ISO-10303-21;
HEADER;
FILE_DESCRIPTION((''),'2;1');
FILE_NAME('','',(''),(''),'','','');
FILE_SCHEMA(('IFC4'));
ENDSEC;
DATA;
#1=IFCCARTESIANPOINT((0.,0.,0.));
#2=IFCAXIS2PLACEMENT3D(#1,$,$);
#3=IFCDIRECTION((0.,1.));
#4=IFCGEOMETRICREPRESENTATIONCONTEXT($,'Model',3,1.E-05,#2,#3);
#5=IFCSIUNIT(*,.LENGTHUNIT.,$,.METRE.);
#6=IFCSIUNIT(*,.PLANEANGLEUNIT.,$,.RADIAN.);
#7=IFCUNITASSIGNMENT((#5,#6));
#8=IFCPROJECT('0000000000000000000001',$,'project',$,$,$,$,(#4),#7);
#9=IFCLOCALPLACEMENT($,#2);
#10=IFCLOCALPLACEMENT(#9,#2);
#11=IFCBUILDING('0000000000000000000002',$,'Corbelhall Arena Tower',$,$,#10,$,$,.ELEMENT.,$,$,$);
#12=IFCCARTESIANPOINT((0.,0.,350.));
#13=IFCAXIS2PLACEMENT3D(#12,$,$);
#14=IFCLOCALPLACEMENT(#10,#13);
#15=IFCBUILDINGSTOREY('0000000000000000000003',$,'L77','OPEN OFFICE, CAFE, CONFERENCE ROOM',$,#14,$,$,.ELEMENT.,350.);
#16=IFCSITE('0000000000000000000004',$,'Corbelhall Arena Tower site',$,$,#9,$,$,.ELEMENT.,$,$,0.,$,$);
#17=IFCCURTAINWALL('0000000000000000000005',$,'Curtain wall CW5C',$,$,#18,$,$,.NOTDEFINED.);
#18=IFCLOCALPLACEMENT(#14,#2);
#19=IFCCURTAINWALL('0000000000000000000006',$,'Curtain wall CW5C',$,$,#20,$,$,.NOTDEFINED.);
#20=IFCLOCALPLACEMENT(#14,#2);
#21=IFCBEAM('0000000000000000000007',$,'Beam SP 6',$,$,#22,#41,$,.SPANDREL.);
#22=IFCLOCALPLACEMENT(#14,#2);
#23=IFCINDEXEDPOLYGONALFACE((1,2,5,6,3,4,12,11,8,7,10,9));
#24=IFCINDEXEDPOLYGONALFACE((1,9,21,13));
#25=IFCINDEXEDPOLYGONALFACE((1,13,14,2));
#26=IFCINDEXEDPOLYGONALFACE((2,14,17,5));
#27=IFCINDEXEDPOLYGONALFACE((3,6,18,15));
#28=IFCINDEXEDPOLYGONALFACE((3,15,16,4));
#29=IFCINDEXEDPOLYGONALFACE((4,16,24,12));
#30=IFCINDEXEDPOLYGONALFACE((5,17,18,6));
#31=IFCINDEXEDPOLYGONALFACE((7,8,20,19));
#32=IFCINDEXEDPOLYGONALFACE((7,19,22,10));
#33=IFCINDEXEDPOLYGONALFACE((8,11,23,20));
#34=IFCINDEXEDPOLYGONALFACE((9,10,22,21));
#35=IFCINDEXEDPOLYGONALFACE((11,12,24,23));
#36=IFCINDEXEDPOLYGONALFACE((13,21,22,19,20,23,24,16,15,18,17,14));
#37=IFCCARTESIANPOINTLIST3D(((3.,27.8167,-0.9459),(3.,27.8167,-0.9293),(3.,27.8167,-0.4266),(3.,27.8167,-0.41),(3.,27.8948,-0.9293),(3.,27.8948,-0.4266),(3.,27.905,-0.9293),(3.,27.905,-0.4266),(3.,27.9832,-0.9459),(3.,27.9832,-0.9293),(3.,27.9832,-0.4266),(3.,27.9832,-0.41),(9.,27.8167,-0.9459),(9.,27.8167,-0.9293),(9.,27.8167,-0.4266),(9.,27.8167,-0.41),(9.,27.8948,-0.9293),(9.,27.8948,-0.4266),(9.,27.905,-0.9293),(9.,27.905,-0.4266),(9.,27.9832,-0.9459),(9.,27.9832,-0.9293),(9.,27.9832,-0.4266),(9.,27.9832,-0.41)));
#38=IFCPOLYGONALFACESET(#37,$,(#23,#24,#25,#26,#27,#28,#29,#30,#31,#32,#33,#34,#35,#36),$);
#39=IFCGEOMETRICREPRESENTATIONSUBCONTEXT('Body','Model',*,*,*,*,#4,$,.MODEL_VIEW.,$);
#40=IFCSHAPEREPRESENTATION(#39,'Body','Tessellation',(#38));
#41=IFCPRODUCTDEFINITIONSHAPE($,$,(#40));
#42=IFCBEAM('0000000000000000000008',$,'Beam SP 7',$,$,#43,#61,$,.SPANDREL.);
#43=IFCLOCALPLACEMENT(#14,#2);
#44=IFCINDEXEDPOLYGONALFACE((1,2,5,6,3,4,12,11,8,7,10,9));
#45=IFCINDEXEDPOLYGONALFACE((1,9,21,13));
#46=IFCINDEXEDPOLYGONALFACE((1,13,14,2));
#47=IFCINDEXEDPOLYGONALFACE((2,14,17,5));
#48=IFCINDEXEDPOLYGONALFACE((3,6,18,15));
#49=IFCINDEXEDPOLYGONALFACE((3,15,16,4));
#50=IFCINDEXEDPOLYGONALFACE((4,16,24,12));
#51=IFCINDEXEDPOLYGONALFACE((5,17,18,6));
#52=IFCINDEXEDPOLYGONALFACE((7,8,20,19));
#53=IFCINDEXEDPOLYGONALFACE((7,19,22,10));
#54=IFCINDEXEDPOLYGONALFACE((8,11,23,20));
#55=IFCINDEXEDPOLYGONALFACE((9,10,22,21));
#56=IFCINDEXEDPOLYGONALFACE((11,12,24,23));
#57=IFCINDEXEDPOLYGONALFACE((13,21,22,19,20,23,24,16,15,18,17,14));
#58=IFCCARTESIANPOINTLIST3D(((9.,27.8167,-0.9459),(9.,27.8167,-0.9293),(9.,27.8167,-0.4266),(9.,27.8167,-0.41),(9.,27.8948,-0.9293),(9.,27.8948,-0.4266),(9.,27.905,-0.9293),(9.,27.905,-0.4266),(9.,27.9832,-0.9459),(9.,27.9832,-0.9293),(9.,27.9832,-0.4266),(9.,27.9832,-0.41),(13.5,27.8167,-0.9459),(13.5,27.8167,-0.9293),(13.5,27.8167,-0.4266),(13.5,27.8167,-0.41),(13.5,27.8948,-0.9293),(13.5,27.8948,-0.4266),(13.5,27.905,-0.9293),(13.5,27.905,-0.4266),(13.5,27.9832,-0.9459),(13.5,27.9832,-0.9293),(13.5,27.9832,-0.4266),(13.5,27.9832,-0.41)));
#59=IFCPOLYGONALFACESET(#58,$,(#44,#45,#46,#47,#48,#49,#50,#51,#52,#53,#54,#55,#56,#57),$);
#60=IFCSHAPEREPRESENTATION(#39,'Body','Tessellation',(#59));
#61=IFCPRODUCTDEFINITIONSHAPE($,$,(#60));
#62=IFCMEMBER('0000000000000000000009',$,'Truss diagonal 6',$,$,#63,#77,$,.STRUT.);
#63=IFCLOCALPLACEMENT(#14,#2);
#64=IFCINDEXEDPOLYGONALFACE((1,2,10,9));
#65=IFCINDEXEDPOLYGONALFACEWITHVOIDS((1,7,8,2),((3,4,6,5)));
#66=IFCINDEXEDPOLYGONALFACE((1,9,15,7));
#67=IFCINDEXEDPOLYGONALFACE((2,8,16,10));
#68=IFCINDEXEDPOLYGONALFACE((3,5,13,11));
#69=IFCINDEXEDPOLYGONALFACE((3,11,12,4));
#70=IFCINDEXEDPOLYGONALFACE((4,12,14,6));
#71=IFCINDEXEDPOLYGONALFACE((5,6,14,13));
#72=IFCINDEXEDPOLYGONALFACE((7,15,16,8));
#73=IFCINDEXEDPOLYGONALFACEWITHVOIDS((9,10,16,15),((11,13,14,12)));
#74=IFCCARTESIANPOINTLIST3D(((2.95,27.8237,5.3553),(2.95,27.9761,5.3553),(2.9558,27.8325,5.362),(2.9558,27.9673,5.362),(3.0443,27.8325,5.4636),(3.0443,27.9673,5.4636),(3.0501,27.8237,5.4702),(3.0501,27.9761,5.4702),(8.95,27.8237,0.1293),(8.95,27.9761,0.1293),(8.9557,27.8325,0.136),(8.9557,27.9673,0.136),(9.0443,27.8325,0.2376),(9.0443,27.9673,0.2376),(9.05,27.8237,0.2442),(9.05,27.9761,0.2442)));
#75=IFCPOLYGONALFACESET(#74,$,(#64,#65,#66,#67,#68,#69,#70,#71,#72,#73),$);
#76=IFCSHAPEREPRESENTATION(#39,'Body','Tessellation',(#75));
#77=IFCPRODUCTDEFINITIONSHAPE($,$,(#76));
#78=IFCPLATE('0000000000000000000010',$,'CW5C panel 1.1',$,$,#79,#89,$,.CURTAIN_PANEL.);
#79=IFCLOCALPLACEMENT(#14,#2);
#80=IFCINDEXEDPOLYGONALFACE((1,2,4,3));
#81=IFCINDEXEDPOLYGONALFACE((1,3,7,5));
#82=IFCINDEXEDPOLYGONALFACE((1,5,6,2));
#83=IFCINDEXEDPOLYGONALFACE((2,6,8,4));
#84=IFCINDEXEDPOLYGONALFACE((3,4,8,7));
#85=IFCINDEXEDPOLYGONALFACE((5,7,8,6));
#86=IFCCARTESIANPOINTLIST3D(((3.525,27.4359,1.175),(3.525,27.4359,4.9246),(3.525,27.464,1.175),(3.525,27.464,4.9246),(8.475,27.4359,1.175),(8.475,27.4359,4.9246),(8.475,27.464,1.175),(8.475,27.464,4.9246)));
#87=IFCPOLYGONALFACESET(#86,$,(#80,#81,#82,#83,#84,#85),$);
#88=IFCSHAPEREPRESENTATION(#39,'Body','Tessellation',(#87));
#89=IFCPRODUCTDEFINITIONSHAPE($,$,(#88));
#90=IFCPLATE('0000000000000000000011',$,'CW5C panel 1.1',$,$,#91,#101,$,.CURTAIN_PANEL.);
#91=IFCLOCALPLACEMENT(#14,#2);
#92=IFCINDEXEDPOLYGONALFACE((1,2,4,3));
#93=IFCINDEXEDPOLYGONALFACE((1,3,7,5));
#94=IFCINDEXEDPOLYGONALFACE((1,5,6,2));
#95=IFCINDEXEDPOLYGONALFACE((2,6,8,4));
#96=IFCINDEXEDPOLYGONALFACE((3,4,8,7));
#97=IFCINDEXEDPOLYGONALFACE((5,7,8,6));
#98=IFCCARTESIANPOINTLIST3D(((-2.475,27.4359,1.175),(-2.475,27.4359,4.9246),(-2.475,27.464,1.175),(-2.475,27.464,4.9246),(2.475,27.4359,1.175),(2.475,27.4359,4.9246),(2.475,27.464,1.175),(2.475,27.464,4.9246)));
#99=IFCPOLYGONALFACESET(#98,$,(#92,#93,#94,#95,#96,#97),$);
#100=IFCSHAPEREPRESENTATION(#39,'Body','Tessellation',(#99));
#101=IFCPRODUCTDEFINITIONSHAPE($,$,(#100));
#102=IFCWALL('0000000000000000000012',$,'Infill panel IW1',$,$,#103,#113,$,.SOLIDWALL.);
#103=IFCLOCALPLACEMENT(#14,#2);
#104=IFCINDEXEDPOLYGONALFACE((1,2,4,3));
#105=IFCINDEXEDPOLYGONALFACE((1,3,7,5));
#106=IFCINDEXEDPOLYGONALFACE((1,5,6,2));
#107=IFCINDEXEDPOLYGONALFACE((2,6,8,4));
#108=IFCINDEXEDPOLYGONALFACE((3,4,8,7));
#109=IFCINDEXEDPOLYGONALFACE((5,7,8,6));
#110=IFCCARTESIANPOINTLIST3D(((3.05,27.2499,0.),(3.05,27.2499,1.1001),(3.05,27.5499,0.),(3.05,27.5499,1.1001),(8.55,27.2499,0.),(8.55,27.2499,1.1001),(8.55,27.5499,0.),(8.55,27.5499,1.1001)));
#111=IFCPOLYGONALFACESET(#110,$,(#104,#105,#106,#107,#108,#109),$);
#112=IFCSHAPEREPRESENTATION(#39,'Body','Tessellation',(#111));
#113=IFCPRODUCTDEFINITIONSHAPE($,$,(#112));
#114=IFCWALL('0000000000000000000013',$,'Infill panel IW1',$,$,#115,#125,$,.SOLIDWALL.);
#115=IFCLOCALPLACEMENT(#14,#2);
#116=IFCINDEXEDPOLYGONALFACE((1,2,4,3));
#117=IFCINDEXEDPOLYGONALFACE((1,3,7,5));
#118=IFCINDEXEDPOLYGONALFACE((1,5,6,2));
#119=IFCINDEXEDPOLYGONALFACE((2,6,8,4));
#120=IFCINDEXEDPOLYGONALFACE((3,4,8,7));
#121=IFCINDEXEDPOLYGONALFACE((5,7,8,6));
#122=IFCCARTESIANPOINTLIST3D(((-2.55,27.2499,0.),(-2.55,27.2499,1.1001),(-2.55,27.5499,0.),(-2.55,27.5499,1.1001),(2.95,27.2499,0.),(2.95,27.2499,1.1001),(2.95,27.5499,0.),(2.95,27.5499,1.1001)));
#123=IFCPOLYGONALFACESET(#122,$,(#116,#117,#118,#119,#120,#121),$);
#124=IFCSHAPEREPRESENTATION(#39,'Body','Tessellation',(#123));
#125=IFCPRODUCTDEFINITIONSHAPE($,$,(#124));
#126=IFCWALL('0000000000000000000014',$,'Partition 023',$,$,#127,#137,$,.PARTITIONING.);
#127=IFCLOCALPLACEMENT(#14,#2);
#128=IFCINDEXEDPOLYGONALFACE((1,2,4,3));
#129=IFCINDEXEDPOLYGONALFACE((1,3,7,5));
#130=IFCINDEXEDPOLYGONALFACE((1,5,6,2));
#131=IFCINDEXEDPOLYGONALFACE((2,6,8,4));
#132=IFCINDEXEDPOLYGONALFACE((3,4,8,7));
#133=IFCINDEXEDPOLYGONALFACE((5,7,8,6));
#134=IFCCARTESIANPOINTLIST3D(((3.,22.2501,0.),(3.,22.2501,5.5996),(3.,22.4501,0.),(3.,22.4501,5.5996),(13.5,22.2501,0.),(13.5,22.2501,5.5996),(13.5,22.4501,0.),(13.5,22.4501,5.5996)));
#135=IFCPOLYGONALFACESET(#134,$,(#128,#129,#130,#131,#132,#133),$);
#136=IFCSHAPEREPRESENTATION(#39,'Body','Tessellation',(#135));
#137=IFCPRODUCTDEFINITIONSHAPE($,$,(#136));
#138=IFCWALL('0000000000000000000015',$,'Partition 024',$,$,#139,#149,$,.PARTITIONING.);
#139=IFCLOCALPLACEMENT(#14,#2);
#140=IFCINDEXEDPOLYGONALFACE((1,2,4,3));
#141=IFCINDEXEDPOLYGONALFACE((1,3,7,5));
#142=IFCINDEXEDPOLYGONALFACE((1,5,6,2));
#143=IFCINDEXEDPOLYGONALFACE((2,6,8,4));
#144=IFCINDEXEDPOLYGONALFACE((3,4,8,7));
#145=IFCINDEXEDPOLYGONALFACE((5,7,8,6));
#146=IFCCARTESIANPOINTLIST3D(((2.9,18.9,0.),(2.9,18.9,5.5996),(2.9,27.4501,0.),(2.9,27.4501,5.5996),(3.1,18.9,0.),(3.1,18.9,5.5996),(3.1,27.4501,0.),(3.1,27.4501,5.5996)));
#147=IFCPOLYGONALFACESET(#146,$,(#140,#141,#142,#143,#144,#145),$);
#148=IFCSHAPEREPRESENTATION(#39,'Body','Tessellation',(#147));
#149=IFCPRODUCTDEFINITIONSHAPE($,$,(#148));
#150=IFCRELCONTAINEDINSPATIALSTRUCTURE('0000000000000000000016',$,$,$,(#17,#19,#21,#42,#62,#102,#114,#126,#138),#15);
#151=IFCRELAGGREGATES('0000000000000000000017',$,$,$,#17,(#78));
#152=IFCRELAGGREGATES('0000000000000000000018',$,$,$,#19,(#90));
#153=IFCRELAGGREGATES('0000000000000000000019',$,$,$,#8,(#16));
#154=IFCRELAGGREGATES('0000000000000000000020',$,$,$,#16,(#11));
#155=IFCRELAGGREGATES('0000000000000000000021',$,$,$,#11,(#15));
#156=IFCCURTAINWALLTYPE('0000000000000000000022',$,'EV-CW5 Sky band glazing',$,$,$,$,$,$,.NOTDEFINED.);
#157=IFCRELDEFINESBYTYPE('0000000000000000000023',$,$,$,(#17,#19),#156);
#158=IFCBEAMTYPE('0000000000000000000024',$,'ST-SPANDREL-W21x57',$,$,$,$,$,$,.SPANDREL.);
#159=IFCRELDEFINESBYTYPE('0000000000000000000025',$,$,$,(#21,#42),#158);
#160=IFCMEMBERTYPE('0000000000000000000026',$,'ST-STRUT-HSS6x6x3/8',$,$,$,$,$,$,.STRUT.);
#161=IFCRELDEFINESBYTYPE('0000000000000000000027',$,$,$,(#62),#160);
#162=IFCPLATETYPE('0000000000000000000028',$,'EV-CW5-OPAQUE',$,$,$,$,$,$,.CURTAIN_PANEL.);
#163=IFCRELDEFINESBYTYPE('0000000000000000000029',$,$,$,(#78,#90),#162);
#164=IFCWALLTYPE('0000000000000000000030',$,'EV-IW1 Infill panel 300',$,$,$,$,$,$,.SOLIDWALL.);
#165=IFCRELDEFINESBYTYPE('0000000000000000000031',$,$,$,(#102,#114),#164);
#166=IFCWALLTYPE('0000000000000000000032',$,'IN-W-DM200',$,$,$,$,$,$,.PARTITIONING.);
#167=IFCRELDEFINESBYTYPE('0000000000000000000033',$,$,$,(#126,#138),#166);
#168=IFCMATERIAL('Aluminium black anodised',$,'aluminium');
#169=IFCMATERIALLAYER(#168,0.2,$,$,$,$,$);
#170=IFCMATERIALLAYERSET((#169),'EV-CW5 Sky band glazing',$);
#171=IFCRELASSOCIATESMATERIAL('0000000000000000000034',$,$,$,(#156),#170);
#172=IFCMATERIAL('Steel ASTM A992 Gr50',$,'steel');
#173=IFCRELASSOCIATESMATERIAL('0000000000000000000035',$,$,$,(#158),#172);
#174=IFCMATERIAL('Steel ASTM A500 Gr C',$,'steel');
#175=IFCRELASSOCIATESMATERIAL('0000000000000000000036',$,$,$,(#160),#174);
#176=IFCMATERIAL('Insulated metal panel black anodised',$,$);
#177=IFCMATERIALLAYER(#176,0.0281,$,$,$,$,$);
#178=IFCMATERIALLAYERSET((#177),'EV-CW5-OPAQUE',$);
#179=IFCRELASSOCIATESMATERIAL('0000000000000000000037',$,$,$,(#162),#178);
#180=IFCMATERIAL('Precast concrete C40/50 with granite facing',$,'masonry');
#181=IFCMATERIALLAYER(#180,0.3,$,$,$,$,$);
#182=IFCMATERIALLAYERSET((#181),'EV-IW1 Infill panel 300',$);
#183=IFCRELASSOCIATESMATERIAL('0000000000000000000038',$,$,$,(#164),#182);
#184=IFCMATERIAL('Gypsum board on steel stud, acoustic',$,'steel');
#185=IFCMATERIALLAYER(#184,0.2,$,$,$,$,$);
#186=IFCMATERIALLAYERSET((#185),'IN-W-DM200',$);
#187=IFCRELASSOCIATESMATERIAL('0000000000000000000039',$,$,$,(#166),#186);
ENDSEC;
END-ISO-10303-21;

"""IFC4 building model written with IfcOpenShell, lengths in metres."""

from ifc_helpers import new_model, si_unit, direction, frame, frame_2d, origin, origin_2d, place, context, subcontext, project, spatial, rectangle, hollow_rectangle, i_section, extrude, material, layer, layer_set, material_profile, profile_set, type_object, element, aggregate, save


model = new_model("IFC4")

# Units and contexts
model_context = context("Model", 3, precision=1e-05, world=origin(), true_north=direction((0.0, 1.0)))
body_context = subcontext(model_context, "Body", "Model", "MODEL_VIEW")
ifc_project = project(units=[si_unit("LENGTHUNIT", "METRE"), si_unit("PLANEANGLEUNIT", "RADIAN")], contexts=[model_context])

# Site, building, storey
site_placement = place(None, origin())
site = spatial("IfcSite", under=ifc_project, at=site_placement, Name="Corbelhall Arena Tower site", CompositionType="ELEMENT", RefElevation=0.0)
building_placement = place(site_placement, origin())
building = spatial("IfcBuilding", under=site, at=building_placement, Name="Corbelhall Arena Tower", CompositionType="ELEMENT")
storey_placement = place(building_placement, frame((0.0, 0.0, 350.0)))
storey = spatial("IfcBuildingStorey", under=building, at=storey_placement, Name="L77", Description="OPEN OFFICE, CAFE, CONFERENCE ROOM", CompositionType="ELEMENT", Elevation=350.0)

# Curtain walls
ifc_material_1 = material(Name="Aluminium black anodised", Category="aluminium")
ifc_layer_1 = layer(ifc_material_1, 0.2)
ifc_layer_set_1 = layer_set([ifc_layer_1], Name="EV-CW5 Sky band glazing")
curtain_wall_type = type_object("IfcCurtainWallType", Name="EV-CW5 Sky band glazing", PredefinedType="NOTDEFINED", material=ifc_layer_set_1)
curtain_wall_1_placement = place(storey_placement, origin())
curtain_wall_1 = element("IfcCurtainWall", 1, at=curtain_wall_1_placement, inside=storey, type_object=curtain_wall_type, Name="Curtain wall CW5C", PredefinedType="NOTDEFINED")
curtain_wall_2_placement = place(storey_placement, origin())
curtain_wall_2 = element("IfcCurtainWall", 2, at=curtain_wall_2_placement, inside=storey, type_object=curtain_wall_type, Name="Curtain wall CW5C", PredefinedType="NOTDEFINED")

# Shared definitions
ifc_material_2 = material(Name="Steel ASTM A992 Gr50", Category="steel")

# Beams
ifc_material_profile_1 = material_profile(ifc_material_2, i_section(OverallWidth=0.1665, OverallDepth=0.5359, WebThickness=0.0103, FlangeThickness=0.0166, at=origin_2d()))
ifc_profile_set_1 = profile_set([ifc_material_profile_1], Name="Steel ASTM A992 Gr50")
beam_type = type_object("IfcBeamType", Name="ST-SPANDREL-W21x57", PredefinedType="SPANDREL", material=ifc_profile_set_1)
beam_1_placement = place(storey_placement, frame((3.0, 27.8999, -0.678), z_axis=(1.0, 0.0, 0.0), x_axis=(0.0, 1.0, 0.0)))
element("IfcBeam", 3, at=beam_1_placement, inside=storey, type_object=beam_type, Name="Beam SP 6", PredefinedType="SPANDREL", context=body_context, shape_type="SweptSolid", body=[
    extrude(i_section(OverallWidth=0.1665, OverallDepth=0.5359, WebThickness=0.0103, FlangeThickness=0.0166, at=origin_2d()), origin(), (0.0, 0.0, 1.0), 6.0),
])
beam_2_placement = place(storey_placement, frame((9.0, 27.8999, -0.678), z_axis=(1.0, 0.0, 0.0), x_axis=(0.0, 1.0, 0.0)))
element("IfcBeam", 4, at=beam_2_placement, inside=storey, type_object=beam_type, Name="Beam SP 7", PredefinedType="SPANDREL", context=body_context, shape_type="SweptSolid", body=[
    extrude(i_section(OverallWidth=0.1665, OverallDepth=0.5359, WebThickness=0.0103, FlangeThickness=0.0166, at=origin_2d()), origin(), (0.0, 0.0, 1.0), 4.5),
])

# Member
ifc_material_3 = material(Name="Steel ASTM A500 Gr C", Category="steel")
ifc_material_profile_2 = material_profile(ifc_material_3, hollow_rectangle(XDim=0.1523, YDim=0.1523, WallThickness=0.0088, at=origin_2d()))
ifc_profile_set_2 = profile_set([ifc_material_profile_2], Name="Steel ASTM A500 Gr C")
member_type_1 = type_object("IfcMemberType", Name="ST-STRUT-HSS6x6x3/8", PredefinedType="STRUT", material=ifc_profile_set_2)
member_1_placement = place(storey_placement, frame((9.0, 27.8999, 0.1868), z_axis=(-0.754065, 0.0, 0.6568), x_axis=(0.0, -1.0, 0.0)))
element("IfcMember", 5, at=member_1_placement, inside=storey, type_object=member_type_1, Name="Truss diagonal 6", PredefinedType="STRUT", context=body_context, shape_type="SweptSolid", body=[
    extrude(hollow_rectangle(XDim=0.1523, YDim=0.1523, WallThickness=0.0088, at=origin_2d()), origin(), (0.0, 0.0, 1.0), 7.9568),
])

# Plates
ifc_material_4 = material(Name="Insulated metal panel black anodised")
ifc_layer_2 = layer(ifc_material_4, 0.0281)
ifc_layer_set_2 = layer_set([ifc_layer_2], Name="EV-CW5-OPAQUE")
plate_type = type_object("IfcPlateType", Name="EV-CW5-OPAQUE", PredefinedType="CURTAIN_PANEL", material=ifc_layer_set_2)
plate_1_placement = place(storey_placement, frame((6.0, 27.45, 1.175), z_axis=(0.0, 0.0, 1.0), x_axis=(-1.0, 0.0, 0.0)))
plate_1 = element("IfcPlate", 6, at=plate_1_placement, type_object=plate_type, Name="CW5C panel 1.1", PredefinedType="CURTAIN_PANEL", context=body_context, shape_type="SweptSolid", body=[
    extrude(rectangle(XDim=4.95, YDim=0.0281, at=origin_2d()), origin(), (0.0, 0.0, 1.0), 3.7495),
])
aggregate(curtain_wall_1, [plate_1])
plate_2_placement = place(storey_placement, frame((0.0, 27.45, 1.175), z_axis=(0.0, 0.0, 1.0), x_axis=(-1.0, 0.0, 0.0)))
plate_2 = element("IfcPlate", 7, at=plate_2_placement, type_object=plate_type, Name="CW5C panel 1.1", PredefinedType="CURTAIN_PANEL", context=body_context, shape_type="SweptSolid", body=[
    extrude(rectangle(XDim=4.95, YDim=0.0281, at=origin_2d()), origin(), (0.0, 0.0, 1.0), 3.7495),
])
aggregate(curtain_wall_2, [plate_2])

# Walls
ifc_material_5 = material(Name="Precast concrete C40/50 with granite facing", Category="masonry")
ifc_layer_3 = layer(ifc_material_5, 0.3)
ifc_layer_set_3 = layer_set([ifc_layer_3], Name="EV-IW1 Infill panel 300")
wall_type_1 = type_object("IfcWallType", Name="EV-IW1 Infill panel 300", PredefinedType="SOLIDWALL", material=ifc_layer_set_3)
for number, where, z_axis, x_axis, name in (
    (8, (8.55, 27.3999, 0.0), (0.0, 0.0, 1.0), (-1.0, 0.0, 0.0), "Infill panel IW1"),
    (9, (2.95, 27.3999, 0.0), (0.0, 0.0, 1.0), (-1.0, 0.0, 0.0), "Infill panel IW1"),
):
    element("IfcWall", number, at=place(storey_placement, frame(where, z_axis=z_axis, x_axis=x_axis)), inside=storey, type_object=wall_type_1, Name=name, PredefinedType="SOLIDWALL", context=body_context, shape_type="SweptSolid", body=[
        extrude(rectangle(XDim=5.5, YDim=0.3, at=frame_2d((2.75, 0.0))), origin(), (0.0, 0.0, 1.0), 1.1001),
    ])
ifc_material_6 = material(Name="Gypsum board on steel stud, acoustic", Category="steel")
ifc_layer_4 = layer(ifc_material_6, 0.2)
ifc_layer_set_4 = layer_set([ifc_layer_4], Name="IN-W-DM200")
wall_type_2 = type_object("IfcWallType", Name="IN-W-DM200", PredefinedType="PARTITIONING", material=ifc_layer_set_4)
wall_1_placement = place(storey_placement, frame((3.0, 22.3501, 0.0), z_axis=(0.0, 0.0, 1.0), x_axis=(1.0, 0.0, 0.0)))
element("IfcWall", 10, at=wall_1_placement, inside=storey, type_object=wall_type_2, Name="Partition 023", PredefinedType="PARTITIONING", context=body_context, shape_type="SweptSolid", body=[
    extrude(rectangle(XDim=10.5, YDim=0.2, at=frame_2d((5.25, 0.0))), origin(), (0.0, 0.0, 1.0), 5.5996),
])
wall_2_placement = place(storey_placement, frame((3.0, 27.45, 0.0), z_axis=(0.0, 0.0, 1.0), x_axis=(0.0, -1.0, 0.0)))
element("IfcWall", 11, at=wall_2_placement, inside=storey, type_object=wall_type_2, Name="Partition 024", PredefinedType="PARTITIONING", context=body_context, shape_type="SweptSolid", body=[
    extrude(rectangle(XDim=8.55, YDim=0.2, at=frame_2d((4.2749, 0.0))), origin(), (0.0, 0.0, 1.0), 5.5996),
])

save(model, "model.ifc")
